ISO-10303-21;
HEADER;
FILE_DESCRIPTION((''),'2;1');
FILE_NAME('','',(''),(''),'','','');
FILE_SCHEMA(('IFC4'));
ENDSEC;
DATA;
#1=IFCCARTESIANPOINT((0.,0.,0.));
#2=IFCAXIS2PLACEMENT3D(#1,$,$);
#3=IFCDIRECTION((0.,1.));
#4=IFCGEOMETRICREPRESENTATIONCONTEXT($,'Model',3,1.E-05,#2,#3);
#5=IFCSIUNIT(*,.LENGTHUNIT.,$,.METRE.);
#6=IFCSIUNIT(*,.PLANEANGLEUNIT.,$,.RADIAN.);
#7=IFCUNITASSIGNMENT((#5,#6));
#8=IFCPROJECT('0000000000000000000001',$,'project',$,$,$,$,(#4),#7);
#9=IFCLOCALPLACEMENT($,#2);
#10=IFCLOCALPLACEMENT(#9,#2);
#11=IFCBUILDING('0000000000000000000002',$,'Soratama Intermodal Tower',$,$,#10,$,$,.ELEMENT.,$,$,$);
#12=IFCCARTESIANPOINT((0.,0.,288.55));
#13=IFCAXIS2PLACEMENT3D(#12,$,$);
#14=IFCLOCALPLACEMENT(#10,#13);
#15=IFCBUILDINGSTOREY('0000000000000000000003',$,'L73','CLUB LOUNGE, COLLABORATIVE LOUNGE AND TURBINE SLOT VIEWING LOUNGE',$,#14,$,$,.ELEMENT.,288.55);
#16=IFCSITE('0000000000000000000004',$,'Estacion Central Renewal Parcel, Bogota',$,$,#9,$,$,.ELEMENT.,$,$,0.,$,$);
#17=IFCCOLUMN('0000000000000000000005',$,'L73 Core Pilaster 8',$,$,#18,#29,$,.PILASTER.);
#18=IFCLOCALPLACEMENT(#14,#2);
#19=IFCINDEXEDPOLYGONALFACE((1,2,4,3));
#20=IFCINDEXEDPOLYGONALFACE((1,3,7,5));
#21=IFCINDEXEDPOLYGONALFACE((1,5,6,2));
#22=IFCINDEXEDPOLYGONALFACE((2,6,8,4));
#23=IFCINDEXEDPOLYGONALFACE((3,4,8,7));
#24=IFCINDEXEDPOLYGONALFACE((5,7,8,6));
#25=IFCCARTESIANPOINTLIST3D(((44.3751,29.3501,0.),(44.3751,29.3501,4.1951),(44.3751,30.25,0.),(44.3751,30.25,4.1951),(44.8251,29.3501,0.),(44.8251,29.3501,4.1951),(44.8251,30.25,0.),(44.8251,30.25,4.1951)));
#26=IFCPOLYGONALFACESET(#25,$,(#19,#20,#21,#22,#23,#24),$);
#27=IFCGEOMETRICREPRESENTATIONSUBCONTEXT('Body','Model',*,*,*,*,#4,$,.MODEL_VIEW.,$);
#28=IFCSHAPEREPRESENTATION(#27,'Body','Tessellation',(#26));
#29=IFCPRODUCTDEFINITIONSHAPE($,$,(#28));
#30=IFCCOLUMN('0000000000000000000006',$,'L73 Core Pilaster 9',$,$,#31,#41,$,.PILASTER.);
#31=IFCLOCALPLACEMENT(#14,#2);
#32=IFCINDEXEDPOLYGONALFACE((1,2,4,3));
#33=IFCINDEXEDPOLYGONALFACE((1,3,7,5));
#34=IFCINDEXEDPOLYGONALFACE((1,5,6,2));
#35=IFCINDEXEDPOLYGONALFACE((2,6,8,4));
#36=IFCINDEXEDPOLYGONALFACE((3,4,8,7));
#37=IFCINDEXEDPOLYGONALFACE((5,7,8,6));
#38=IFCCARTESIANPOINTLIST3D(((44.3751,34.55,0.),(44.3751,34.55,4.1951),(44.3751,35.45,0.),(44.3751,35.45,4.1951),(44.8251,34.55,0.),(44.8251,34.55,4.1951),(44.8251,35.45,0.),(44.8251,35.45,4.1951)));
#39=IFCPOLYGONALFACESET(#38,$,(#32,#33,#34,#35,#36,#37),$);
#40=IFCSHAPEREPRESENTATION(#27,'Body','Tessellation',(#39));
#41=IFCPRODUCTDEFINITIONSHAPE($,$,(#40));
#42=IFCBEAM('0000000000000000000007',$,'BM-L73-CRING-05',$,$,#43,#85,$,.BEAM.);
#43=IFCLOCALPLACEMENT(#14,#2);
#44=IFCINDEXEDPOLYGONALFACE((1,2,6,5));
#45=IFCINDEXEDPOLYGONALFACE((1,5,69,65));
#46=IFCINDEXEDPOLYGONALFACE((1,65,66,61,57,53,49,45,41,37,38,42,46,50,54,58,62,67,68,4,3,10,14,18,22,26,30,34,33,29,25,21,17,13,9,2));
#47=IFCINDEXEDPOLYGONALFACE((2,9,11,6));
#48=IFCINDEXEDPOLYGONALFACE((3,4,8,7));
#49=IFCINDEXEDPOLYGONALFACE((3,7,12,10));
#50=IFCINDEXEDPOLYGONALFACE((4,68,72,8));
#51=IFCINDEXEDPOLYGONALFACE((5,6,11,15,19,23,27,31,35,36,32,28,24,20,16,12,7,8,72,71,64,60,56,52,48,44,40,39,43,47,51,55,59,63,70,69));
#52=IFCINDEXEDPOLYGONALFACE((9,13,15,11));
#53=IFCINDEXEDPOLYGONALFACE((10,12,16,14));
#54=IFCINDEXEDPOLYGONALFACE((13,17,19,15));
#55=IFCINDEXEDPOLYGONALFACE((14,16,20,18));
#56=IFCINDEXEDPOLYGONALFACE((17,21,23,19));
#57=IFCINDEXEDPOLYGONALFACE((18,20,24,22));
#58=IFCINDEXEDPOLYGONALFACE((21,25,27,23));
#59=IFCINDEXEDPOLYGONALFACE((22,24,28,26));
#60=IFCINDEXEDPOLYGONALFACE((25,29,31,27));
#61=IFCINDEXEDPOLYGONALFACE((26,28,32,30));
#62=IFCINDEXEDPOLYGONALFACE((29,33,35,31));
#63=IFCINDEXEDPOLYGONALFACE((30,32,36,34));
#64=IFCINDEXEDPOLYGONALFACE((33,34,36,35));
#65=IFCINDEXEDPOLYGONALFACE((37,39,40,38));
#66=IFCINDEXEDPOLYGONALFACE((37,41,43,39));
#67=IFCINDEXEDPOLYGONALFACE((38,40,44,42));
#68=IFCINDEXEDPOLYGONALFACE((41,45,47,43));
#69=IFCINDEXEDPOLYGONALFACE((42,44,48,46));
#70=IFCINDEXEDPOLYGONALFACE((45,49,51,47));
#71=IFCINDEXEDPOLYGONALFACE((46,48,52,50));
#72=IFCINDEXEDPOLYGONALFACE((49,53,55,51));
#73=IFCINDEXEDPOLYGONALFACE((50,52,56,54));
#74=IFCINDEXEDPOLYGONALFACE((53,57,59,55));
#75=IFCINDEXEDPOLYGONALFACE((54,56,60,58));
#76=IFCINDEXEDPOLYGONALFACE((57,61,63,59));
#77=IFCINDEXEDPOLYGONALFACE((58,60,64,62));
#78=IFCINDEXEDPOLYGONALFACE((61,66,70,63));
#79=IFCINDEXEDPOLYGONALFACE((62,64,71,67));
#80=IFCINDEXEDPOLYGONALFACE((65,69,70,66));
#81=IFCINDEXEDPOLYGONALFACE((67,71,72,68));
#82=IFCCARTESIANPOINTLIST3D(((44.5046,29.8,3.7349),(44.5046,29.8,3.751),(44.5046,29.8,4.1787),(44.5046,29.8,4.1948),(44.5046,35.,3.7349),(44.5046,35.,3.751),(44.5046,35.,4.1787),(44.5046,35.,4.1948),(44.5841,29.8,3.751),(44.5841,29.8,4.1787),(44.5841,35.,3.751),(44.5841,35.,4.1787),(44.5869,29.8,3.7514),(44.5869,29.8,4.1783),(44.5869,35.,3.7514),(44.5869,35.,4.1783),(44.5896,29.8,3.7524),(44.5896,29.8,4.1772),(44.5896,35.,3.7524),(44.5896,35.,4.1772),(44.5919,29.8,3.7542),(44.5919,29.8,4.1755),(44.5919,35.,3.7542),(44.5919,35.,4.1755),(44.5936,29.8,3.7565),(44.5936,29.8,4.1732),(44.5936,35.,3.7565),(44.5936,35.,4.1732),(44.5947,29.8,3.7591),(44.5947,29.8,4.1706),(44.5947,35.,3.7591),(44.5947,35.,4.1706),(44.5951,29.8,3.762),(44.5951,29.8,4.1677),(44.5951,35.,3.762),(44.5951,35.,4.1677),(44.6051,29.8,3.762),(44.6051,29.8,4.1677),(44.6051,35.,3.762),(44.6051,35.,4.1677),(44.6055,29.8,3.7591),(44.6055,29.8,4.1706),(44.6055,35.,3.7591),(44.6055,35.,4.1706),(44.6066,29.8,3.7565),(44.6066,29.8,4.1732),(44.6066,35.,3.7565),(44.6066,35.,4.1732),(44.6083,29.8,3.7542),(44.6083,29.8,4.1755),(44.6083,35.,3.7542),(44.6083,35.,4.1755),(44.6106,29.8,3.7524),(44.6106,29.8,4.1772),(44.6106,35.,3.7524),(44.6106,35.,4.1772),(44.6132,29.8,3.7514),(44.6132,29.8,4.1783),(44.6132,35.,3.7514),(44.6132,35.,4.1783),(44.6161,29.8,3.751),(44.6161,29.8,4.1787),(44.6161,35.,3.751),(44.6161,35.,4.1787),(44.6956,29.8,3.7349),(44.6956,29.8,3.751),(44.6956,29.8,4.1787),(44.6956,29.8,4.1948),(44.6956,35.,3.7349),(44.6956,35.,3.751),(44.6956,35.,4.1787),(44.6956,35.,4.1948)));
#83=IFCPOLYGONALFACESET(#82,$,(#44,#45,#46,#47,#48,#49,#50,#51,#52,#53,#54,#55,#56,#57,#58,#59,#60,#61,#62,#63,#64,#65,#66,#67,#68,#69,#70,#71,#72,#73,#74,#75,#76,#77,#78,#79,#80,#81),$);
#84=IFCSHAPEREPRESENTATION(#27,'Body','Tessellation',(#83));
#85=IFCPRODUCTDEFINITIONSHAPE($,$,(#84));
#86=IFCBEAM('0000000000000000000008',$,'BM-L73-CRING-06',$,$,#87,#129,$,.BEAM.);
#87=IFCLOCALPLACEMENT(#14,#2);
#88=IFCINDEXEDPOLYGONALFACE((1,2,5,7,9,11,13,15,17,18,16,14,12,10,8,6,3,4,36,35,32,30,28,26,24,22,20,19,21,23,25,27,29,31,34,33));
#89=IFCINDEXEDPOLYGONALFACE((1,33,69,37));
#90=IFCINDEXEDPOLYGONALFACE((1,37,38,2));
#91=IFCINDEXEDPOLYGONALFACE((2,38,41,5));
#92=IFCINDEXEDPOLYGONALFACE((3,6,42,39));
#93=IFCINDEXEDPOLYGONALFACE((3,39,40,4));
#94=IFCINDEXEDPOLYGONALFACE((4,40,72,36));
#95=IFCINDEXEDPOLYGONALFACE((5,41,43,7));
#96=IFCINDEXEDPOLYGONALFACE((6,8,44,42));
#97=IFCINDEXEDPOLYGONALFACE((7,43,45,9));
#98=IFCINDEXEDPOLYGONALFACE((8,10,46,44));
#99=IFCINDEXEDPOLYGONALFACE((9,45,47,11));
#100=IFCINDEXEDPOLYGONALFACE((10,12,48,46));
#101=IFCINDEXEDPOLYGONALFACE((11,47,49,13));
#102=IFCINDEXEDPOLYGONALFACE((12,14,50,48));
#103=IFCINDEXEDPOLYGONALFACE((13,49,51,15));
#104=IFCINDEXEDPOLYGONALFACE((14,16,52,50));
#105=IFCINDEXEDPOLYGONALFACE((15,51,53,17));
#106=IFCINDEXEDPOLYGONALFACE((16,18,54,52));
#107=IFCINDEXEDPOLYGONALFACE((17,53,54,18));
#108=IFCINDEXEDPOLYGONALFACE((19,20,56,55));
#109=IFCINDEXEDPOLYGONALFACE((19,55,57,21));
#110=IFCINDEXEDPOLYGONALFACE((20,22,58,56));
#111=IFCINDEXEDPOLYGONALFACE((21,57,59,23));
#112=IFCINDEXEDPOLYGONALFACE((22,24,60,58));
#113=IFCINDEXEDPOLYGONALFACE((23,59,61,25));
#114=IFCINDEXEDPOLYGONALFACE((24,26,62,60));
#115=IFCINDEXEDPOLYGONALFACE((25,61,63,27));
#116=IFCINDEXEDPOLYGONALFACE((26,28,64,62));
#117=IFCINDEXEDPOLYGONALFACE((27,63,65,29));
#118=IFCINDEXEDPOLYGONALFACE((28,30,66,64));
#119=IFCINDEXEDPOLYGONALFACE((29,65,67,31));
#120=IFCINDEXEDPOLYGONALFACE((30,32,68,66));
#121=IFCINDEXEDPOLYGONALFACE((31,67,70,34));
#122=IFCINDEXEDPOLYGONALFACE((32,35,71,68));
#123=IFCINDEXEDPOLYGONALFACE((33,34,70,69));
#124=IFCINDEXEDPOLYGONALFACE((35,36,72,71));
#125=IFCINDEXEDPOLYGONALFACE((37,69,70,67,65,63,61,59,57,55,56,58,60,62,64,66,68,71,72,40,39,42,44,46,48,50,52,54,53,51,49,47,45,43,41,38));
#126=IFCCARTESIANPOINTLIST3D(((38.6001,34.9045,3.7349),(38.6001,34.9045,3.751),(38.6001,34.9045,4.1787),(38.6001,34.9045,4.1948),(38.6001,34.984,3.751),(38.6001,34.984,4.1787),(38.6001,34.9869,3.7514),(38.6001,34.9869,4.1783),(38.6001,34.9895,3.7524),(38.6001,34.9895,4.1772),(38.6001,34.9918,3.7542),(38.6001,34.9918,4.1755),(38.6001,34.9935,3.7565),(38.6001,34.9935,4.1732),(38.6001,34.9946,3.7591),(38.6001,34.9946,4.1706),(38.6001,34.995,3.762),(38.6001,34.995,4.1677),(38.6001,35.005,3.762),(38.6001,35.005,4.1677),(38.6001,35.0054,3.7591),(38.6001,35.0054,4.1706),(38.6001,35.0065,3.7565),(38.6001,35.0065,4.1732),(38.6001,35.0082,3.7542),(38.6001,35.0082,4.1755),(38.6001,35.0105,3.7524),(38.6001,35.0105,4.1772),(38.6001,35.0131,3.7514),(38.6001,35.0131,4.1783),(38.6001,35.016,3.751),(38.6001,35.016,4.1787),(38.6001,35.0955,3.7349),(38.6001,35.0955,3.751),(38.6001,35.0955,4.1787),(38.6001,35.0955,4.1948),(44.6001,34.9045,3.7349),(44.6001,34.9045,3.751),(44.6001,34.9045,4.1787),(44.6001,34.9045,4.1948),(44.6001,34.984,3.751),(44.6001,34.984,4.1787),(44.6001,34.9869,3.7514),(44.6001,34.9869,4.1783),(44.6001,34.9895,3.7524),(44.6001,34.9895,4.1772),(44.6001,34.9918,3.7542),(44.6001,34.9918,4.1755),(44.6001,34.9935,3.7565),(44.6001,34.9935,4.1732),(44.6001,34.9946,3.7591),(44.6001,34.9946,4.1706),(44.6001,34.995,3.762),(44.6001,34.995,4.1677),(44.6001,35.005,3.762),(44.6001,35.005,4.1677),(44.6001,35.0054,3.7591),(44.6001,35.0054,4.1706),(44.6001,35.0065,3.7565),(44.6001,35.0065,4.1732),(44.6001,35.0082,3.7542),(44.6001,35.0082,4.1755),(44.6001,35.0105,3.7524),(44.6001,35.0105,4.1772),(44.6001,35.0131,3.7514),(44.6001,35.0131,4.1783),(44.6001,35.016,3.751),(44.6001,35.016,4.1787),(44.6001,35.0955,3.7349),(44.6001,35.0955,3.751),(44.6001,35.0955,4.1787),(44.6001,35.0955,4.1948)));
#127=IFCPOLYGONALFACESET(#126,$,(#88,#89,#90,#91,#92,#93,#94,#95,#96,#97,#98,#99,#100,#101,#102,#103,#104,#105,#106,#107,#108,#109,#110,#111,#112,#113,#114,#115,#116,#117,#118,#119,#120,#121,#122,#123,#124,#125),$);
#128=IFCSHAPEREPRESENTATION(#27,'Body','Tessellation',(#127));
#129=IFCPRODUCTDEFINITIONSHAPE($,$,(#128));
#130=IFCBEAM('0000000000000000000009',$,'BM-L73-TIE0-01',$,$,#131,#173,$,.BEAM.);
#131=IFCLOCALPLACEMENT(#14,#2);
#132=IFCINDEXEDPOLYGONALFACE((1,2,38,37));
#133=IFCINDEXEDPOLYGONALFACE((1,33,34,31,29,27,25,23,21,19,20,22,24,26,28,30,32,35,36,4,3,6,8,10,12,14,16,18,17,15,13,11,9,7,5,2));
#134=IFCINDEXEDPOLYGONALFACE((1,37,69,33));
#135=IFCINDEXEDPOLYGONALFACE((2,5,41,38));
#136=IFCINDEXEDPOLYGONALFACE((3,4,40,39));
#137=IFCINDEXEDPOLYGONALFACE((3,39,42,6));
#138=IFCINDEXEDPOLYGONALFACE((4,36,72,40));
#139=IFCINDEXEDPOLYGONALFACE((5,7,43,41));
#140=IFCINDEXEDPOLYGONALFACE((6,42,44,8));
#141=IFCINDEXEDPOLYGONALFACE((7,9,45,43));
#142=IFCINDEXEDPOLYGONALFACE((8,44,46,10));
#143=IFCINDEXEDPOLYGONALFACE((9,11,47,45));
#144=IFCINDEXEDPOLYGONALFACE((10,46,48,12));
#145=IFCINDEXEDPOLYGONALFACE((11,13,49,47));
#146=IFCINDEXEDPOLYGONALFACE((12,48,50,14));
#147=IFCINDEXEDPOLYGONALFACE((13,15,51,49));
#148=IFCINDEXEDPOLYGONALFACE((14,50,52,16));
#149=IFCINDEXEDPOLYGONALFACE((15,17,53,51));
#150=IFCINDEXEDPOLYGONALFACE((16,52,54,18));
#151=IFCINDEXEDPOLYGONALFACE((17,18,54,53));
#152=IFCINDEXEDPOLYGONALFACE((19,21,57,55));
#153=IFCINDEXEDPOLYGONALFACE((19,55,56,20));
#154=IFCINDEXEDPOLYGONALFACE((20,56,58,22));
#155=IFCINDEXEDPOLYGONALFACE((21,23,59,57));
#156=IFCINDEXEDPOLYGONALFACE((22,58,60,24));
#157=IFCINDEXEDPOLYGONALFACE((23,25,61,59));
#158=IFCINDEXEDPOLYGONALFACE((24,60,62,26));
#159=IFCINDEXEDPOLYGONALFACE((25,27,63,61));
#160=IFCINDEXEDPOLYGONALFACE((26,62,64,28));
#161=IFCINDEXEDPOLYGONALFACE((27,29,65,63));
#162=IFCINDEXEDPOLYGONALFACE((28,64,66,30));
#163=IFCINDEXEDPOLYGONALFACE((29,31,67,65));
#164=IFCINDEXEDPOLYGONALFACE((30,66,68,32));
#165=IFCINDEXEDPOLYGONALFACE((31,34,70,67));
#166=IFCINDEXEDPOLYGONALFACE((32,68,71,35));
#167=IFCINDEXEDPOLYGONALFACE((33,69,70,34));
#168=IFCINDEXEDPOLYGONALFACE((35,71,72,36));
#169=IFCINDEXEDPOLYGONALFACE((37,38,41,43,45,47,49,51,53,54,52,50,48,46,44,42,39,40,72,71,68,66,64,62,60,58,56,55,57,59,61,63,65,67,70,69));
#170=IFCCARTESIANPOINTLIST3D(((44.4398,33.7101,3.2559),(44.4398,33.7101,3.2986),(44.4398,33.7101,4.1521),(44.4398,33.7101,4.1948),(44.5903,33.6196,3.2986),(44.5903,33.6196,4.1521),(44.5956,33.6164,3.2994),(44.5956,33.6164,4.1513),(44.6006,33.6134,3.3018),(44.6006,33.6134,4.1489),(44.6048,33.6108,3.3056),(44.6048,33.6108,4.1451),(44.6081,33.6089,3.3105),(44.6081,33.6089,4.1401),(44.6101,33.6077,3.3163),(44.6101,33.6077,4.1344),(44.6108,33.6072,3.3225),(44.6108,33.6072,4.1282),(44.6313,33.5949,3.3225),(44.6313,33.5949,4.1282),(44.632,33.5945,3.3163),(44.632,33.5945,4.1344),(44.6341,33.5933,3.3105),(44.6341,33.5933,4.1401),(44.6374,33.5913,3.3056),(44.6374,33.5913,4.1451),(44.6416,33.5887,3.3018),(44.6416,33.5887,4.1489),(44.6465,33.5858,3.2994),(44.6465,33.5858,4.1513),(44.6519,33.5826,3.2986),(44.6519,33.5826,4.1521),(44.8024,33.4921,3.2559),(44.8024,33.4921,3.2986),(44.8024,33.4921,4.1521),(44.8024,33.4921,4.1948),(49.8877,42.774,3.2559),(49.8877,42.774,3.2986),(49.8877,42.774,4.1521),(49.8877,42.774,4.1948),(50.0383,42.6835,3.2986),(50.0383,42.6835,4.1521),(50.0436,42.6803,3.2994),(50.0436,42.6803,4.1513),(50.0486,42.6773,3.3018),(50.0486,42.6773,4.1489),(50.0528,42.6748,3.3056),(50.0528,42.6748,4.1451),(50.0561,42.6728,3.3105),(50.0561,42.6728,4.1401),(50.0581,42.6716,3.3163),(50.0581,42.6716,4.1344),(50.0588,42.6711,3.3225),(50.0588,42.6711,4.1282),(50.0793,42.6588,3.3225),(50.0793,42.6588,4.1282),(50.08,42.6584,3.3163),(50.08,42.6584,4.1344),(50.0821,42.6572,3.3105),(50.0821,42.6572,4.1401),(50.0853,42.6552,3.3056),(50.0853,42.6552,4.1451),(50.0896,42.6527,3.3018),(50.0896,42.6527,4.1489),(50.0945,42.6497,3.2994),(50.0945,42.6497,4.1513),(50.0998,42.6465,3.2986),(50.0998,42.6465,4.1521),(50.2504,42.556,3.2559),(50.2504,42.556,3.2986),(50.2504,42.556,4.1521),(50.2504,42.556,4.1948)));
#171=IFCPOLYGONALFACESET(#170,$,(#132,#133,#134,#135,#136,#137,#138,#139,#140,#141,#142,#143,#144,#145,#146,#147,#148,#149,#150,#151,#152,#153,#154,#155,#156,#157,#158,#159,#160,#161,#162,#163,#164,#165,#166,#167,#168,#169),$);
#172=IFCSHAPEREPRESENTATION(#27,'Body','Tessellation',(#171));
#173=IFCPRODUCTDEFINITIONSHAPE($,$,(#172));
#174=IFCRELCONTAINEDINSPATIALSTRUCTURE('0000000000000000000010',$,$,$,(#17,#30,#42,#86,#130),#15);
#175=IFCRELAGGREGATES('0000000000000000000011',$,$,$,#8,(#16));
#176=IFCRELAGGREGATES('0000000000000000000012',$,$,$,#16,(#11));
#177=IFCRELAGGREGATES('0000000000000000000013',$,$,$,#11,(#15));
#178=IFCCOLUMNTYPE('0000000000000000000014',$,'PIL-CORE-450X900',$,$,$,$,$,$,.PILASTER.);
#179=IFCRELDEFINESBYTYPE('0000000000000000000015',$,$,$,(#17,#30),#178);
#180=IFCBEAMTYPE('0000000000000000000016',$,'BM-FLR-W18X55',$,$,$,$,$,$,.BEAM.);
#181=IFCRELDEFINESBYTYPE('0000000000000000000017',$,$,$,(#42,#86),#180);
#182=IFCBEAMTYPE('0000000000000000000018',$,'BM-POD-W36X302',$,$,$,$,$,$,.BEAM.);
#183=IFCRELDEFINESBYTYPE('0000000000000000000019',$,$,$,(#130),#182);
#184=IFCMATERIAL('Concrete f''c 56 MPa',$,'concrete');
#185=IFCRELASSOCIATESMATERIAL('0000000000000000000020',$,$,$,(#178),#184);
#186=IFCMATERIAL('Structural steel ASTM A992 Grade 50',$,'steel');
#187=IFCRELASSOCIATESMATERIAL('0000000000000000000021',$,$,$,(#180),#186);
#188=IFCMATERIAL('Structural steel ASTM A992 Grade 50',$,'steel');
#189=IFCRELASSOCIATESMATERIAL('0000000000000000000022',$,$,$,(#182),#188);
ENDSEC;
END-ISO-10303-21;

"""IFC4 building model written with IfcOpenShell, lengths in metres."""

from ifc_helpers import new_model, si_unit, direction, frame, origin, origin_2d, place, context, subcontext, project, spatial, rectangle, i_section, extrude, material, material_profile, profile_set, type_object, element, save


model = new_model("IFC4")

# Units and contexts
model_context = context("Model", 3, precision=1e-05, world=origin(), true_north=direction((0.0, 1.0)))
body_context = subcontext(model_context, "Body", "Model", "MODEL_VIEW")
ifc_project = project(units=[si_unit("LENGTHUNIT", "METRE"), si_unit("PLANEANGLEUNIT", "RADIAN")], contexts=[model_context])

# Site, building, storey
site_placement = place(None, origin())
site = spatial("IfcSite", under=ifc_project, at=site_placement, Name="Estacion Central Renewal Parcel, Bogota", CompositionType="ELEMENT", RefElevation=0.0)
building_placement = place(site_placement, origin())
building = spatial("IfcBuilding", under=site, at=building_placement, Name="Soratama Intermodal Tower", CompositionType="ELEMENT")
storey_placement = place(building_placement, frame((0.0, 0.0, 288.55)))
storey = spatial("IfcBuildingStorey", under=building, at=storey_placement, Name="L73", Description="CLUB LOUNGE, COLLABORATIVE LOUNGE AND TURBINE SLOT VIEWING LOUNGE", CompositionType="ELEMENT", Elevation=288.55)

# Columns
ifc_material_1 = material(Name="Concrete f'c 56 MPa", Category="concrete")
ifc_material_profile_1 = material_profile(ifc_material_1, rectangle(XDim=0.45, YDim=0.8999, at=origin_2d()), Name="RC450X900")
ifc_profile_set_1 = profile_set([ifc_material_profile_1], Name="Concrete f'c 56 MPa")
column_type = type_object("IfcColumnType", Name="PIL-CORE-450X900", PredefinedType="PILASTER", material=ifc_profile_set_1)
for number, where, z_axis, x_axis, name in (
    (1, (44.6001, 29.8, 0.0), (0.0, 0.0, 1.0), (1.0, 0.0, 0.0), "L73 Core Pilaster 8"),
    (2, (44.6001, 35.0, 0.0), (0.0, 0.0, 1.0), (1.0, 0.0, 0.0), "L73 Core Pilaster 9"),
):
    element("IfcColumn", number, at=place(storey_placement, frame(where, z_axis=z_axis, x_axis=x_axis)), inside=storey, type_object=column_type, Name=name, PredefinedType="PILASTER", context=body_context, shape_type="SweptSolid", body=[
        extrude(rectangle(XDim=0.45, YDim=0.8999, at=origin_2d()), origin(), (0.0, 0.0, 1.0), 4.1951),
    ])

# Beams
ifc_material_2 = material(Name="Structural steel ASTM A992 Grade 50", Category="steel")
ifc_material_profile_2 = material_profile(ifc_material_2, i_section(OverallWidth=0.1909, OverallDepth=0.46, WebThickness=0.01, FlangeThickness=0.0161, FilletRadius=0.011, at=origin_2d()), Name="W18X55")
ifc_profile_set_2 = profile_set([ifc_material_profile_2], Name="Structural steel ASTM A992 Grade 50")
beam_type_1 = type_object("IfcBeamType", Name="BM-FLR-W18X55", PredefinedType="BEAM", material=ifc_profile_set_2)
beam_1_placement = place(storey_placement, frame((44.6001, 29.8, 3.9648), z_axis=(0.0, 1.0, 0.0), x_axis=(-1.0, 0.0, 0.0)))
element("IfcBeam", 3, at=beam_1_placement, inside=storey, type_object=beam_type_1, Name="BM-L73-CRING-05", PredefinedType="BEAM", context=body_context, shape_type="SweptSolid", body=[
    extrude(i_section(OverallWidth=0.1909, OverallDepth=0.46, WebThickness=0.01, FlangeThickness=0.0161, FilletRadius=0.011, at=origin_2d()), origin(), (0.0, 0.0, 1.0), 5.2),
])
beam_2_placement = place(storey_placement, frame((44.6001, 35.0, 3.9648), z_axis=(-1.0, 0.0, 0.0), x_axis=(0.0, -1.0, 0.0)))
element("IfcBeam", 4, at=beam_2_placement, inside=storey, type_object=beam_type_1, Name="BM-L73-CRING-06", PredefinedType="BEAM", context=body_context, shape_type="SweptSolid", body=[
    extrude(i_section(OverallWidth=0.1909, OverallDepth=0.46, WebThickness=0.01, FlangeThickness=0.0161, FilletRadius=0.011, at=origin_2d()), origin(), (0.0, 0.0, 1.0), 6.0),
])
ifc_material_3 = material(Name="Structural steel ASTM A992 Grade 50", Category="steel")
ifc_material_profile_3 = material_profile(ifc_material_3, i_section(OverallWidth=0.4231, OverallDepth=0.939, WebThickness=0.0239, FlangeThickness=0.0427, FilletRadius=0.0239, at=origin_2d()), Name="W36X302")
ifc_profile_set_3 = profile_set([ifc_material_profile_3], Name="Structural steel ASTM A992 Grade 50")
beam_type_2 = type_object("IfcBeamType", Name="BM-POD-W36X302", PredefinedType="BEAM", material=ifc_profile_set_3)
beam_3_placement = place(storey_placement, frame((44.6211, 33.6011, 3.7253), z_axis=(0.515164, 0.857091, 0.0), x_axis=(-0.857091, 0.515164, 0.0)))
element("IfcBeam", 5, at=beam_3_placement, inside=storey, type_object=beam_type_2, Name="BM-L73-TIE0-01", PredefinedType="BEAM", context=body_context, shape_type="SweptSolid", body=[
    extrude(i_section(OverallWidth=0.4231, OverallDepth=0.939, WebThickness=0.0239, FlangeThickness=0.0427, FilletRadius=0.0239, at=origin_2d()), origin(), (0.0, 0.0, 1.0), 10.5752),
])

save(model, "model.ifc")
